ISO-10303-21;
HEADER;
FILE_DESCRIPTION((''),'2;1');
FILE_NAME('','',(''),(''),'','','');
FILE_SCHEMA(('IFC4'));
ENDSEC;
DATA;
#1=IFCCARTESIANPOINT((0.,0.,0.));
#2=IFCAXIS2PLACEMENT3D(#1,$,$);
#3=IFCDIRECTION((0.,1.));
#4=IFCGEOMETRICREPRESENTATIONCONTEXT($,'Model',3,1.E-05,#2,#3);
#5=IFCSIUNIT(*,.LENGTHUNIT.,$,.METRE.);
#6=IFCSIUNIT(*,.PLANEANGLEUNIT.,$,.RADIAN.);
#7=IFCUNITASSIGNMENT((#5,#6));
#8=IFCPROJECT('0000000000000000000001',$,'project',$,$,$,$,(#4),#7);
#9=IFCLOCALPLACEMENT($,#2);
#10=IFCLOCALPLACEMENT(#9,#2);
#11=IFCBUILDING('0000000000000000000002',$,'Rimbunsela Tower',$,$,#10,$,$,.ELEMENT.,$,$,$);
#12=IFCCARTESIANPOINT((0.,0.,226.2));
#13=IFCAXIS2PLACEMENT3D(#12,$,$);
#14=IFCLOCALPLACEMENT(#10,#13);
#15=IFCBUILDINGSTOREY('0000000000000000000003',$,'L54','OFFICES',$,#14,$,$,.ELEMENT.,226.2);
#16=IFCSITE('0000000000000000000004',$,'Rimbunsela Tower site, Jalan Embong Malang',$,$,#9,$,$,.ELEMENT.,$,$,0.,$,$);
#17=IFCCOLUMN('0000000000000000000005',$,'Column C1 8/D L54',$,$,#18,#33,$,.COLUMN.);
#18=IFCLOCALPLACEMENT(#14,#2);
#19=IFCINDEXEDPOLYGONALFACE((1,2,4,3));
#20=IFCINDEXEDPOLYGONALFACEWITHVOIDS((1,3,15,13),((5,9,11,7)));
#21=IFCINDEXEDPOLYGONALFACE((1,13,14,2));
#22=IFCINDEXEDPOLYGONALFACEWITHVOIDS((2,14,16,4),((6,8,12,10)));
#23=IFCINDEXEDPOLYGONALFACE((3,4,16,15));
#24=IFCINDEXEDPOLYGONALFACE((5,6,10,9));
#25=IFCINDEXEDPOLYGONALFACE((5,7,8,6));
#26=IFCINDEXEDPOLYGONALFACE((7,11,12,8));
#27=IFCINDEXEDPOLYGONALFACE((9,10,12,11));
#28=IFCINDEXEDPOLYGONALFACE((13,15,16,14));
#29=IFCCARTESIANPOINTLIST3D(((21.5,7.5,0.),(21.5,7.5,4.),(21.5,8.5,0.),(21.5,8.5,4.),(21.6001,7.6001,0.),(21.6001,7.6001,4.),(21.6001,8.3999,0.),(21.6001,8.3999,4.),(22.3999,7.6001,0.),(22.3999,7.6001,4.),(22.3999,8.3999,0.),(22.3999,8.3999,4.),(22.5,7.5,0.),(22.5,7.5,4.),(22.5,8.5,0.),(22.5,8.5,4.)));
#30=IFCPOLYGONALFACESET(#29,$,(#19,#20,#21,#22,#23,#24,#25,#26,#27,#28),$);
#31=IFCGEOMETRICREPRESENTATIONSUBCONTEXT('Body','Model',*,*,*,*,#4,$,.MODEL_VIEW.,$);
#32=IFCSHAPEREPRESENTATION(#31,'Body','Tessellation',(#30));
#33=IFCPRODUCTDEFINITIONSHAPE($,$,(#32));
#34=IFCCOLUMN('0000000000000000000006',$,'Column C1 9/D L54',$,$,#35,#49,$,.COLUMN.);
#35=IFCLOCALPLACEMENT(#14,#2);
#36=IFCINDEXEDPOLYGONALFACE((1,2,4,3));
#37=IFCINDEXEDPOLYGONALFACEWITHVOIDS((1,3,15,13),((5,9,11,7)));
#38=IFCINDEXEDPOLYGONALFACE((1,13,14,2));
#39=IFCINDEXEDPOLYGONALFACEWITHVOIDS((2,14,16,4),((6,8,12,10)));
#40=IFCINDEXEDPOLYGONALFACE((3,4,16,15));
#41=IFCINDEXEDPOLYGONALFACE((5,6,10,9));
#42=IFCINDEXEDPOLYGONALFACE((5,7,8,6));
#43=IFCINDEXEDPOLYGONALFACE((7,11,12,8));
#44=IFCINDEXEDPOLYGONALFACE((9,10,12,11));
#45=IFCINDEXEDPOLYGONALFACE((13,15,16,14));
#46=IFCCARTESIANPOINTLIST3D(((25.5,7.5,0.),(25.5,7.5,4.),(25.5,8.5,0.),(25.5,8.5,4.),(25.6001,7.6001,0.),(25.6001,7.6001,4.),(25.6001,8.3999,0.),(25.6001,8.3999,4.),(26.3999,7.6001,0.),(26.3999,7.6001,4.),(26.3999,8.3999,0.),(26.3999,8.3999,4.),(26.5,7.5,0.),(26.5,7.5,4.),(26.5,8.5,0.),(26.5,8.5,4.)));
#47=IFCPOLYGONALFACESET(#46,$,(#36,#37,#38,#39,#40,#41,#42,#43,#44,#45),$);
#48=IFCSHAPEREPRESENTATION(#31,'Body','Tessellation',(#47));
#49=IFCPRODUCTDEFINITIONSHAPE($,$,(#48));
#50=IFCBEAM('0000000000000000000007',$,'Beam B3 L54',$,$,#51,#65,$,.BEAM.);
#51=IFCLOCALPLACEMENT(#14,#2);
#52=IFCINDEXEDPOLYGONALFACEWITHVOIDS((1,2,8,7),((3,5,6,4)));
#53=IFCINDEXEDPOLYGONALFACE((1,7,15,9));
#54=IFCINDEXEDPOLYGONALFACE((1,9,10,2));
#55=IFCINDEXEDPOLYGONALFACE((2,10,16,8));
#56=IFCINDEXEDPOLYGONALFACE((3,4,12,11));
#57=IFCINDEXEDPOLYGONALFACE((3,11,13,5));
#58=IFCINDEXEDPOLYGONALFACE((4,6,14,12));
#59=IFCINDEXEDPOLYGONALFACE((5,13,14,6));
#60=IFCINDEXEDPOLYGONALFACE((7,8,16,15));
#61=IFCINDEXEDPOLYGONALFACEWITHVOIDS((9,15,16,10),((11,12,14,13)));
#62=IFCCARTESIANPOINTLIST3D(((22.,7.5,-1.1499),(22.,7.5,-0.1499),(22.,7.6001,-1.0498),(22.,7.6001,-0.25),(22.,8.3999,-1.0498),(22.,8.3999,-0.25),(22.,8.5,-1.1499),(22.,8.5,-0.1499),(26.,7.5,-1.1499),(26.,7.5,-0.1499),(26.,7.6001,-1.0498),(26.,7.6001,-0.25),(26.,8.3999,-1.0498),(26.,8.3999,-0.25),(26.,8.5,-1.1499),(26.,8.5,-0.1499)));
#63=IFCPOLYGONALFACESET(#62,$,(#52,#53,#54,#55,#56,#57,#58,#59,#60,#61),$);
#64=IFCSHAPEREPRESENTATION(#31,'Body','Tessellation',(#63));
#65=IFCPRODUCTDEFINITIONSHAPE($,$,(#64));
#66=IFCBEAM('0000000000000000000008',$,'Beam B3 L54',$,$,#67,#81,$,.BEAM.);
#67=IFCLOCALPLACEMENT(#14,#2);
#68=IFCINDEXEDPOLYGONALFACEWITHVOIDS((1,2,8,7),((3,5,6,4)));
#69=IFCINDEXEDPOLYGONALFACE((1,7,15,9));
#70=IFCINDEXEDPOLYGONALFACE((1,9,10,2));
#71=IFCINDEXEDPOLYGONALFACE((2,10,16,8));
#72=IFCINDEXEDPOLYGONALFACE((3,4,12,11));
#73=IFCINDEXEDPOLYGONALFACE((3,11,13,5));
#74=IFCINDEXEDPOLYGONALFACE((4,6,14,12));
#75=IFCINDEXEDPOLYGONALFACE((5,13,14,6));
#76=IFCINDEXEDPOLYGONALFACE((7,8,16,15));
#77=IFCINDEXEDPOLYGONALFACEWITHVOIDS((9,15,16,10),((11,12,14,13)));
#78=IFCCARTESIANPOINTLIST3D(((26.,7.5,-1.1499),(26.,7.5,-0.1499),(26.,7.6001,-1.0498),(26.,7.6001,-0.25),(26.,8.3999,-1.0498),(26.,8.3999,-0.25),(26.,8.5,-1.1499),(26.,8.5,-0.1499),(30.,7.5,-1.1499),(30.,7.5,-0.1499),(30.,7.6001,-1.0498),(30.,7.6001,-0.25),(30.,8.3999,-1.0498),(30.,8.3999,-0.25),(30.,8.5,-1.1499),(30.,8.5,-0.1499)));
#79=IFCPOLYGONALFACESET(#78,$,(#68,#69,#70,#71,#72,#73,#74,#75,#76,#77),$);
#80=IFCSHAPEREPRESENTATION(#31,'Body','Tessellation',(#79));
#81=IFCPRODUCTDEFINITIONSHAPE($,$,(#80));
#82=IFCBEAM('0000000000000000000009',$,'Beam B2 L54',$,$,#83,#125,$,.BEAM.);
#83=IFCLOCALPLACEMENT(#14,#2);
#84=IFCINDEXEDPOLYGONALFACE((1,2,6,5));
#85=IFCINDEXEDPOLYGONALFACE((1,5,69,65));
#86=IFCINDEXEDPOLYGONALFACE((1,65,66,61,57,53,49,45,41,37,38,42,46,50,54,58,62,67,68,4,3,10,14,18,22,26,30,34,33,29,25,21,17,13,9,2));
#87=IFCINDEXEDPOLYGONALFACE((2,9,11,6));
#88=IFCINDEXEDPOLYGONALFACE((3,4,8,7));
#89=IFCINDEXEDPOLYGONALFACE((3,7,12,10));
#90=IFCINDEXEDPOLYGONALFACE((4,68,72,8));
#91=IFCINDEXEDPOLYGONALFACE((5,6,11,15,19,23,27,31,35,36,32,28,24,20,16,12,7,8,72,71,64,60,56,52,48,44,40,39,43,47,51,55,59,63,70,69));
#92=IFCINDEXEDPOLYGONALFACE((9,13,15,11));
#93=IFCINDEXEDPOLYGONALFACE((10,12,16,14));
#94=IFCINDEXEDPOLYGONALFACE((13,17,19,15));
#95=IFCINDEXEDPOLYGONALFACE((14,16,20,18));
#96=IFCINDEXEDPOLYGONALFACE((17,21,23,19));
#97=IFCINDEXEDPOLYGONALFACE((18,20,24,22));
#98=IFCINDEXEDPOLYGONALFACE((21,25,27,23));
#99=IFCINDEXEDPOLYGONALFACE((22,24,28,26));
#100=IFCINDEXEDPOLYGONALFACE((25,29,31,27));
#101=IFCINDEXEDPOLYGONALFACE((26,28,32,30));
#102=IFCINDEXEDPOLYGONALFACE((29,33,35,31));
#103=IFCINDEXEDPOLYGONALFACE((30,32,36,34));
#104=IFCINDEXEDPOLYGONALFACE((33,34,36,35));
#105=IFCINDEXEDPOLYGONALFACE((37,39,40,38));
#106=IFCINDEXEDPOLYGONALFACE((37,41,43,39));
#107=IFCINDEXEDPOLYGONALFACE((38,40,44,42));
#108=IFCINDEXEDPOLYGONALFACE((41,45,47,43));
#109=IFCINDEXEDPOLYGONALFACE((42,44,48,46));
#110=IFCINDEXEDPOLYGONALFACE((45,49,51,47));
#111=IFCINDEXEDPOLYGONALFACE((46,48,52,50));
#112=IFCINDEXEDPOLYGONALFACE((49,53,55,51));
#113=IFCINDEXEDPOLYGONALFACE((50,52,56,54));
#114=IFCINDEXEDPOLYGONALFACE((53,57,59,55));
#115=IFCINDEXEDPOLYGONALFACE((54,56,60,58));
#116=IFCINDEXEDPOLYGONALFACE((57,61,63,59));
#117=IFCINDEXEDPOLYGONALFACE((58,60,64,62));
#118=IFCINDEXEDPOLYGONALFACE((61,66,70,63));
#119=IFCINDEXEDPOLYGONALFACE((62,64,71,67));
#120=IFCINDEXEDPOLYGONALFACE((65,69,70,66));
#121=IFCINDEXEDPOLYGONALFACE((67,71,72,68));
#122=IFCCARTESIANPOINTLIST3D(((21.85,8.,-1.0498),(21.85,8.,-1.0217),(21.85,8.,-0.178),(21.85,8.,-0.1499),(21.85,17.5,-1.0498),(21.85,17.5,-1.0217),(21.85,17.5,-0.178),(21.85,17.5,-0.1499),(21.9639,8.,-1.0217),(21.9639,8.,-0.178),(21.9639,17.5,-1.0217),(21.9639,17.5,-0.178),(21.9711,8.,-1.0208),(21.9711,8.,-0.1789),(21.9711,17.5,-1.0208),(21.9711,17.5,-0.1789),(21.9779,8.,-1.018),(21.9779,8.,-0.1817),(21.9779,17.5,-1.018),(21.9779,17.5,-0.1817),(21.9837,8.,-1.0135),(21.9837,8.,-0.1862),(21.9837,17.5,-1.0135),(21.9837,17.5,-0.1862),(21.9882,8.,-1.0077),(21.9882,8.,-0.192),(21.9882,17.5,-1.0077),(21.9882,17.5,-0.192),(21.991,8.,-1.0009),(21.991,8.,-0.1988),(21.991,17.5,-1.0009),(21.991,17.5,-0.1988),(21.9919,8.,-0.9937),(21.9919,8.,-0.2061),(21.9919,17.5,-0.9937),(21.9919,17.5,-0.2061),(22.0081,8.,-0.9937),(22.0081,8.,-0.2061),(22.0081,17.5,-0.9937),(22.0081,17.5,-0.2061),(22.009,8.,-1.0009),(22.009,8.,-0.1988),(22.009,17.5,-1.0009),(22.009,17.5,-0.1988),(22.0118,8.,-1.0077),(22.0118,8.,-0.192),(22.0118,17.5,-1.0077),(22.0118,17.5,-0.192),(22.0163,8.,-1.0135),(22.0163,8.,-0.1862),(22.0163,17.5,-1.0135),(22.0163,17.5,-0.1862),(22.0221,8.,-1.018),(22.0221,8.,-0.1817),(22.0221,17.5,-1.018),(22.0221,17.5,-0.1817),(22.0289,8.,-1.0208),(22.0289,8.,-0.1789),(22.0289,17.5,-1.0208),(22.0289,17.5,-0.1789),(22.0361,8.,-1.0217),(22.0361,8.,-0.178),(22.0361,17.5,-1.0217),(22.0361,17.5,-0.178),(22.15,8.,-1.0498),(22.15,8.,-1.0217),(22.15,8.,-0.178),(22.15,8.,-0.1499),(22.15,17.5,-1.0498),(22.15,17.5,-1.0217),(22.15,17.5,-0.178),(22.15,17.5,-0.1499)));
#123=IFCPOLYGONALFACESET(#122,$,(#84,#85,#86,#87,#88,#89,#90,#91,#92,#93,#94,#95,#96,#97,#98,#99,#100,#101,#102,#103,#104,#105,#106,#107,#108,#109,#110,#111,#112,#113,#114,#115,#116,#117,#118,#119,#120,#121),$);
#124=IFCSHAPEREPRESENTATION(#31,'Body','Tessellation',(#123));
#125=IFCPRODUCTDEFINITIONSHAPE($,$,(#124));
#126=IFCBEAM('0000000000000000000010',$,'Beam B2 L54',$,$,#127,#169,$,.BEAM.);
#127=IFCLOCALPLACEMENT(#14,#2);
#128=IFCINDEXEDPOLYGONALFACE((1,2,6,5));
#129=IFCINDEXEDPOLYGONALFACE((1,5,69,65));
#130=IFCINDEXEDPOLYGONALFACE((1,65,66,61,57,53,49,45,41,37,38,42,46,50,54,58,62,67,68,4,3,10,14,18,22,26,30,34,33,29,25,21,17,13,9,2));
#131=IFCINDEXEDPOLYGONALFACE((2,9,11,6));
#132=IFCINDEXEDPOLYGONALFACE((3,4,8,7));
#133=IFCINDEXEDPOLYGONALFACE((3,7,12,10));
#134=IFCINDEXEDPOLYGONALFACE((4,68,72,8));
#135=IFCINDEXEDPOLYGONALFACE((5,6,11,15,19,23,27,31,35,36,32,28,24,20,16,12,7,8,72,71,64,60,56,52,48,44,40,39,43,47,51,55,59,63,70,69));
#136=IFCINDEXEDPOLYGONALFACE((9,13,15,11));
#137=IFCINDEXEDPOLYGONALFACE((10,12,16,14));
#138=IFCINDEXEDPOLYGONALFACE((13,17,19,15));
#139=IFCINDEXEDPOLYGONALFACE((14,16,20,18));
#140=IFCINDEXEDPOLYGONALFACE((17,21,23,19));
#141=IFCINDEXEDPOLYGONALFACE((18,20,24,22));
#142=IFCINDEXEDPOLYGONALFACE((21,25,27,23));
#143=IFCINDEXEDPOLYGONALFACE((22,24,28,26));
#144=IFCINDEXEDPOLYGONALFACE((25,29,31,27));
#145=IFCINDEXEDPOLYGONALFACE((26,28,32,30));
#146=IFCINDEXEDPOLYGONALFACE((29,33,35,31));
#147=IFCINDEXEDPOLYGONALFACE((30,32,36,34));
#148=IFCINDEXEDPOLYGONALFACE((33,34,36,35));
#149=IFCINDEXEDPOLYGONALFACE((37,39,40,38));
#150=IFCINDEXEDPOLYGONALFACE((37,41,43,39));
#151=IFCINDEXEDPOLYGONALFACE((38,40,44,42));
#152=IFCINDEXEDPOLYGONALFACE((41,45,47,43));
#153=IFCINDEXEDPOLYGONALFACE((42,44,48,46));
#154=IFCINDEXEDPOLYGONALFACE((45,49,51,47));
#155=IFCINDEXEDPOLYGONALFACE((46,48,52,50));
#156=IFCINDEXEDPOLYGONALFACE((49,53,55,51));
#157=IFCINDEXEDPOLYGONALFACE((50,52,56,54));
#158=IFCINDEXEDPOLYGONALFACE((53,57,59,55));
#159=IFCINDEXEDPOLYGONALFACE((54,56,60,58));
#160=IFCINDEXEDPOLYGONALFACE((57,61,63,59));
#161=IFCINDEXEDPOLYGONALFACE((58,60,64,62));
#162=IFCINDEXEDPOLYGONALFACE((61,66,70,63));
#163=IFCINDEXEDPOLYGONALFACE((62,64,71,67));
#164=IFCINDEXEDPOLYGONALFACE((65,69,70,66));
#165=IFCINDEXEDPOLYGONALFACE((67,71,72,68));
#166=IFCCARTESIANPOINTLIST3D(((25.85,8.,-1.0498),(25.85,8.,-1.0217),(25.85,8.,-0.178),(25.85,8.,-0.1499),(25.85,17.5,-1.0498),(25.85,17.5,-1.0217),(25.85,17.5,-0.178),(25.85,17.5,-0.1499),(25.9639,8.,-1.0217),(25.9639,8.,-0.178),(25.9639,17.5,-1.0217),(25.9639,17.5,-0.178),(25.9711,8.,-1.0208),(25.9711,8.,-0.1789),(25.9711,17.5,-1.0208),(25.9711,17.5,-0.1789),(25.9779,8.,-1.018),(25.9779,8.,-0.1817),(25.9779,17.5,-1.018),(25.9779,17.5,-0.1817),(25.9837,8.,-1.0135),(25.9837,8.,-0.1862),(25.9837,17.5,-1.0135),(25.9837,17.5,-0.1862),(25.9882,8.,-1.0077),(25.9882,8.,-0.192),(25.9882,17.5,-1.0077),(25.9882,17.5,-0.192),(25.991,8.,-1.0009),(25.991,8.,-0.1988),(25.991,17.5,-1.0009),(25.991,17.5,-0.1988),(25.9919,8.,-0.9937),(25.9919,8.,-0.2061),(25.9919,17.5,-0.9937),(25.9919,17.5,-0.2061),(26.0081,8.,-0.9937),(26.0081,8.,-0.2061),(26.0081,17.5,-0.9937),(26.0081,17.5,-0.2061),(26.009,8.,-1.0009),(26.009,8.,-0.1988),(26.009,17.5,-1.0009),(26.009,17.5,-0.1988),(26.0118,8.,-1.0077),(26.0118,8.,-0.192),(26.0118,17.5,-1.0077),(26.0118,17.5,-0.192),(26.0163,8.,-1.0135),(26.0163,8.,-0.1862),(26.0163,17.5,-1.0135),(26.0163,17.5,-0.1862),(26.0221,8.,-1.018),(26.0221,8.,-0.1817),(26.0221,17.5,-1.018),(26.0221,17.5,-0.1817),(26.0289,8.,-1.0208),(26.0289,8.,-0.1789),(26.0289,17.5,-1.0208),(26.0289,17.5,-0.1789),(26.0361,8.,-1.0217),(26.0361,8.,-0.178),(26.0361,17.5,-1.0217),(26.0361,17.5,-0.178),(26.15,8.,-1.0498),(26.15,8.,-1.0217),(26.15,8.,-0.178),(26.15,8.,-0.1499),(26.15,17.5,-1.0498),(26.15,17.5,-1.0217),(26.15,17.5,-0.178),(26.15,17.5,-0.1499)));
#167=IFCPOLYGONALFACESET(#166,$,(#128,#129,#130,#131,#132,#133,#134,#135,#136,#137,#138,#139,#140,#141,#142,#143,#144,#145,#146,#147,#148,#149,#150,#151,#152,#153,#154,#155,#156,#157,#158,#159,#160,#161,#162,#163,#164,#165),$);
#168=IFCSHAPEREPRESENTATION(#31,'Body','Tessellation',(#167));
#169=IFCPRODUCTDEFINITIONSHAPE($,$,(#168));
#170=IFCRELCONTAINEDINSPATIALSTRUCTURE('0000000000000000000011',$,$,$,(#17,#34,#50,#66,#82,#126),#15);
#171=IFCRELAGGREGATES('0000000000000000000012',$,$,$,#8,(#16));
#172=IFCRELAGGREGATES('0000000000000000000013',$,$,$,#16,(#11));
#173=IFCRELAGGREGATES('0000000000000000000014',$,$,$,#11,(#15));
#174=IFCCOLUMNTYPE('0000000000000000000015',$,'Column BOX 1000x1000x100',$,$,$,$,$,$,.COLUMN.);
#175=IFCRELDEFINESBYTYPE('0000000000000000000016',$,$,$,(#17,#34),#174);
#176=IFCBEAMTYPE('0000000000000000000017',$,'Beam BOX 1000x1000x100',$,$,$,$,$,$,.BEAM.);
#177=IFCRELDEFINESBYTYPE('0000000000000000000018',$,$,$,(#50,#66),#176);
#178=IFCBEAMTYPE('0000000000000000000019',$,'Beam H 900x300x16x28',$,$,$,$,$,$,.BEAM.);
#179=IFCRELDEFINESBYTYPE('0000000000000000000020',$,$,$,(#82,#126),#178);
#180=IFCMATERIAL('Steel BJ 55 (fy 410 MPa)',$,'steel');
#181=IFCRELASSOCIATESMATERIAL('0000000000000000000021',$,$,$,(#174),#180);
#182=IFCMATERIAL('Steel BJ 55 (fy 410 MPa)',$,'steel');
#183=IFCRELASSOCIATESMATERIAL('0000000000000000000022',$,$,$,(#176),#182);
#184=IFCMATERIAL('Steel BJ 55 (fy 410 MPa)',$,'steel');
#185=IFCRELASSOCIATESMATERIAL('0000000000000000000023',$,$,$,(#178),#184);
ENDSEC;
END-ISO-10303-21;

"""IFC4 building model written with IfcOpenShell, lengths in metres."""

from ifc_helpers import new_model, si_unit, direction, frame, origin, origin_2d, place, context, subcontext, project, spatial, hollow_rectangle, i_section, extrude, material, material_profile, profile_set, type_object, element, save


model = new_model("IFC4")

# Units and contexts
model_context = context("Model", 3, precision=1e-05, world=origin(), true_north=direction((0.0, 1.0)))
body_context = subcontext(model_context, "Body", "Model", "MODEL_VIEW")
ifc_project = project(units=[si_unit("LENGTHUNIT", "METRE"), si_unit("PLANEANGLEUNIT", "RADIAN")], contexts=[model_context])

# Site, building, storey
site_placement = place(None, origin())
site = spatial("IfcSite", under=ifc_project, at=site_placement, Name="Rimbunsela Tower site, Jalan Embong Malang", CompositionType="ELEMENT", RefElevation=0.0)
building_placement = place(site_placement, origin())
building = spatial("IfcBuilding", under=site, at=building_placement, Name="Rimbunsela Tower", CompositionType="ELEMENT")
storey_placement = place(building_placement, frame((0.0, 0.0, 226.2)))
storey = spatial("IfcBuildingStorey", under=building, at=storey_placement, Name="L54", Description="OFFICES", CompositionType="ELEMENT", Elevation=226.2)

# Columns
ifc_material_1 = material(Name="Steel BJ 55 (fy 410 MPa)", Category="steel")
ifc_material_profile_1 = material_profile(ifc_material_1, hollow_rectangle(XDim=1.0, YDim=1.0, WallThickness=0.1001, at=origin_2d()), Name="BOX 1000x1000x100")
ifc_profile_set_1 = profile_set([ifc_material_profile_1], Name="Steel BJ 55 (fy 410 MPa)")
column_type = type_object("IfcColumnType", Name="Column BOX 1000x1000x100", PredefinedType="COLUMN", material=ifc_profile_set_1)
for number, where, z_axis, x_axis, name in (
    (1, (22.0, 8.0, 0.0), (0.0, 0.0, 1.0), (1.0, 0.0, 0.0), "Column C1 8/D L54"),
    (2, (26.0, 8.0, 0.0), (0.0, 0.0, 1.0), (1.0, 0.0, 0.0), "Column C1 9/D L54"),
):
    element("IfcColumn", number, at=place(storey_placement, frame(where, z_axis=z_axis, x_axis=x_axis)), inside=storey, type_object=column_type, Name=name, PredefinedType="COLUMN", context=body_context, shape_type="SweptSolid", body=[
        extrude(hollow_rectangle(XDim=1.0, YDim=1.0, WallThickness=0.1001, at=origin_2d()), origin(), (0.0, 0.0, 1.0), 4.0),
    ])

# Beams
ifc_material_2 = material(Name="Steel BJ 55 (fy 410 MPa)", Category="steel")
ifc_material_profile_2 = material_profile(ifc_material_2, hollow_rectangle(XDim=1.0, YDim=1.0, WallThickness=0.1001, at=origin_2d()), Name="BOX 1000x1000x100")
ifc_profile_set_2 = profile_set([ifc_material_profile_2], Name="Steel BJ 55 (fy 410 MPa)")
beam_type_1 = type_object("IfcBeamType", Name="Beam BOX 1000x1000x100", PredefinedType="BEAM", material=ifc_profile_set_2)
for number, where, z_axis, x_axis, name in (
    (3, (22.0, 8.0, -0.6499), (1.0, 0.0, 0.0), (0.0, 1.0, 0.0), "Beam B3 L54"),
    (4, (26.0, 8.0, -0.6499), (1.0, 0.0, 0.0), (0.0, 1.0, 0.0), "Beam B3 L54"),
):
    element("IfcBeam", number, at=place(storey_placement, frame(where, z_axis=z_axis, x_axis=x_axis)), inside=storey, type_object=beam_type_1, Name=name, PredefinedType="BEAM", context=body_context, shape_type="SweptSolid", body=[
        extrude(hollow_rectangle(XDim=1.0, YDim=1.0, WallThickness=0.1001, at=origin_2d()), origin(), (0.0, 0.0, 1.0), 4.0),
    ])
ifc_material_3 = material(Name="Steel BJ 55 (fy 410 MPa)", Category="steel")
ifc_material_profile_3 = material_profile(ifc_material_3, i_section(OverallWidth=0.3, OverallDepth=0.8999, WebThickness=0.0161, FlangeThickness=0.0281, FilletRadius=0.0281, at=origin_2d()), Name="H 900x300x16x28")
ifc_profile_set_3 = profile_set([ifc_material_profile_3], Name="Steel BJ 55 (fy 410 MPa)")
beam_type_2 = type_object("IfcBeamType", Name="Beam H 900x300x16x28", PredefinedType="BEAM", material=ifc_profile_set_3)
for number, where, z_axis, x_axis, name in (
    (5, (22.0, 8.0, -0.5999), (0.0, 1.0, 0.0), (-1.0, 0.0, 0.0), "Beam B2 L54"),
    (6, (26.0, 8.0, -0.5999), (0.0, 1.0, 0.0), (-1.0, 0.0, 0.0), "Beam B2 L54"),
):
    element("IfcBeam", number, at=place(storey_placement, frame(where, z_axis=z_axis, x_axis=x_axis)), inside=storey, type_object=beam_type_2, Name=name, PredefinedType="BEAM", context=body_context, shape_type="SweptSolid", body=[
        extrude(i_section(OverallWidth=0.3, OverallDepth=0.8999, WebThickness=0.0161, FlangeThickness=0.0281, FilletRadius=0.0281, at=origin_2d()), origin(), (0.0, 0.0, 1.0), 9.5),
    ])

save(model, "model.ifc")
